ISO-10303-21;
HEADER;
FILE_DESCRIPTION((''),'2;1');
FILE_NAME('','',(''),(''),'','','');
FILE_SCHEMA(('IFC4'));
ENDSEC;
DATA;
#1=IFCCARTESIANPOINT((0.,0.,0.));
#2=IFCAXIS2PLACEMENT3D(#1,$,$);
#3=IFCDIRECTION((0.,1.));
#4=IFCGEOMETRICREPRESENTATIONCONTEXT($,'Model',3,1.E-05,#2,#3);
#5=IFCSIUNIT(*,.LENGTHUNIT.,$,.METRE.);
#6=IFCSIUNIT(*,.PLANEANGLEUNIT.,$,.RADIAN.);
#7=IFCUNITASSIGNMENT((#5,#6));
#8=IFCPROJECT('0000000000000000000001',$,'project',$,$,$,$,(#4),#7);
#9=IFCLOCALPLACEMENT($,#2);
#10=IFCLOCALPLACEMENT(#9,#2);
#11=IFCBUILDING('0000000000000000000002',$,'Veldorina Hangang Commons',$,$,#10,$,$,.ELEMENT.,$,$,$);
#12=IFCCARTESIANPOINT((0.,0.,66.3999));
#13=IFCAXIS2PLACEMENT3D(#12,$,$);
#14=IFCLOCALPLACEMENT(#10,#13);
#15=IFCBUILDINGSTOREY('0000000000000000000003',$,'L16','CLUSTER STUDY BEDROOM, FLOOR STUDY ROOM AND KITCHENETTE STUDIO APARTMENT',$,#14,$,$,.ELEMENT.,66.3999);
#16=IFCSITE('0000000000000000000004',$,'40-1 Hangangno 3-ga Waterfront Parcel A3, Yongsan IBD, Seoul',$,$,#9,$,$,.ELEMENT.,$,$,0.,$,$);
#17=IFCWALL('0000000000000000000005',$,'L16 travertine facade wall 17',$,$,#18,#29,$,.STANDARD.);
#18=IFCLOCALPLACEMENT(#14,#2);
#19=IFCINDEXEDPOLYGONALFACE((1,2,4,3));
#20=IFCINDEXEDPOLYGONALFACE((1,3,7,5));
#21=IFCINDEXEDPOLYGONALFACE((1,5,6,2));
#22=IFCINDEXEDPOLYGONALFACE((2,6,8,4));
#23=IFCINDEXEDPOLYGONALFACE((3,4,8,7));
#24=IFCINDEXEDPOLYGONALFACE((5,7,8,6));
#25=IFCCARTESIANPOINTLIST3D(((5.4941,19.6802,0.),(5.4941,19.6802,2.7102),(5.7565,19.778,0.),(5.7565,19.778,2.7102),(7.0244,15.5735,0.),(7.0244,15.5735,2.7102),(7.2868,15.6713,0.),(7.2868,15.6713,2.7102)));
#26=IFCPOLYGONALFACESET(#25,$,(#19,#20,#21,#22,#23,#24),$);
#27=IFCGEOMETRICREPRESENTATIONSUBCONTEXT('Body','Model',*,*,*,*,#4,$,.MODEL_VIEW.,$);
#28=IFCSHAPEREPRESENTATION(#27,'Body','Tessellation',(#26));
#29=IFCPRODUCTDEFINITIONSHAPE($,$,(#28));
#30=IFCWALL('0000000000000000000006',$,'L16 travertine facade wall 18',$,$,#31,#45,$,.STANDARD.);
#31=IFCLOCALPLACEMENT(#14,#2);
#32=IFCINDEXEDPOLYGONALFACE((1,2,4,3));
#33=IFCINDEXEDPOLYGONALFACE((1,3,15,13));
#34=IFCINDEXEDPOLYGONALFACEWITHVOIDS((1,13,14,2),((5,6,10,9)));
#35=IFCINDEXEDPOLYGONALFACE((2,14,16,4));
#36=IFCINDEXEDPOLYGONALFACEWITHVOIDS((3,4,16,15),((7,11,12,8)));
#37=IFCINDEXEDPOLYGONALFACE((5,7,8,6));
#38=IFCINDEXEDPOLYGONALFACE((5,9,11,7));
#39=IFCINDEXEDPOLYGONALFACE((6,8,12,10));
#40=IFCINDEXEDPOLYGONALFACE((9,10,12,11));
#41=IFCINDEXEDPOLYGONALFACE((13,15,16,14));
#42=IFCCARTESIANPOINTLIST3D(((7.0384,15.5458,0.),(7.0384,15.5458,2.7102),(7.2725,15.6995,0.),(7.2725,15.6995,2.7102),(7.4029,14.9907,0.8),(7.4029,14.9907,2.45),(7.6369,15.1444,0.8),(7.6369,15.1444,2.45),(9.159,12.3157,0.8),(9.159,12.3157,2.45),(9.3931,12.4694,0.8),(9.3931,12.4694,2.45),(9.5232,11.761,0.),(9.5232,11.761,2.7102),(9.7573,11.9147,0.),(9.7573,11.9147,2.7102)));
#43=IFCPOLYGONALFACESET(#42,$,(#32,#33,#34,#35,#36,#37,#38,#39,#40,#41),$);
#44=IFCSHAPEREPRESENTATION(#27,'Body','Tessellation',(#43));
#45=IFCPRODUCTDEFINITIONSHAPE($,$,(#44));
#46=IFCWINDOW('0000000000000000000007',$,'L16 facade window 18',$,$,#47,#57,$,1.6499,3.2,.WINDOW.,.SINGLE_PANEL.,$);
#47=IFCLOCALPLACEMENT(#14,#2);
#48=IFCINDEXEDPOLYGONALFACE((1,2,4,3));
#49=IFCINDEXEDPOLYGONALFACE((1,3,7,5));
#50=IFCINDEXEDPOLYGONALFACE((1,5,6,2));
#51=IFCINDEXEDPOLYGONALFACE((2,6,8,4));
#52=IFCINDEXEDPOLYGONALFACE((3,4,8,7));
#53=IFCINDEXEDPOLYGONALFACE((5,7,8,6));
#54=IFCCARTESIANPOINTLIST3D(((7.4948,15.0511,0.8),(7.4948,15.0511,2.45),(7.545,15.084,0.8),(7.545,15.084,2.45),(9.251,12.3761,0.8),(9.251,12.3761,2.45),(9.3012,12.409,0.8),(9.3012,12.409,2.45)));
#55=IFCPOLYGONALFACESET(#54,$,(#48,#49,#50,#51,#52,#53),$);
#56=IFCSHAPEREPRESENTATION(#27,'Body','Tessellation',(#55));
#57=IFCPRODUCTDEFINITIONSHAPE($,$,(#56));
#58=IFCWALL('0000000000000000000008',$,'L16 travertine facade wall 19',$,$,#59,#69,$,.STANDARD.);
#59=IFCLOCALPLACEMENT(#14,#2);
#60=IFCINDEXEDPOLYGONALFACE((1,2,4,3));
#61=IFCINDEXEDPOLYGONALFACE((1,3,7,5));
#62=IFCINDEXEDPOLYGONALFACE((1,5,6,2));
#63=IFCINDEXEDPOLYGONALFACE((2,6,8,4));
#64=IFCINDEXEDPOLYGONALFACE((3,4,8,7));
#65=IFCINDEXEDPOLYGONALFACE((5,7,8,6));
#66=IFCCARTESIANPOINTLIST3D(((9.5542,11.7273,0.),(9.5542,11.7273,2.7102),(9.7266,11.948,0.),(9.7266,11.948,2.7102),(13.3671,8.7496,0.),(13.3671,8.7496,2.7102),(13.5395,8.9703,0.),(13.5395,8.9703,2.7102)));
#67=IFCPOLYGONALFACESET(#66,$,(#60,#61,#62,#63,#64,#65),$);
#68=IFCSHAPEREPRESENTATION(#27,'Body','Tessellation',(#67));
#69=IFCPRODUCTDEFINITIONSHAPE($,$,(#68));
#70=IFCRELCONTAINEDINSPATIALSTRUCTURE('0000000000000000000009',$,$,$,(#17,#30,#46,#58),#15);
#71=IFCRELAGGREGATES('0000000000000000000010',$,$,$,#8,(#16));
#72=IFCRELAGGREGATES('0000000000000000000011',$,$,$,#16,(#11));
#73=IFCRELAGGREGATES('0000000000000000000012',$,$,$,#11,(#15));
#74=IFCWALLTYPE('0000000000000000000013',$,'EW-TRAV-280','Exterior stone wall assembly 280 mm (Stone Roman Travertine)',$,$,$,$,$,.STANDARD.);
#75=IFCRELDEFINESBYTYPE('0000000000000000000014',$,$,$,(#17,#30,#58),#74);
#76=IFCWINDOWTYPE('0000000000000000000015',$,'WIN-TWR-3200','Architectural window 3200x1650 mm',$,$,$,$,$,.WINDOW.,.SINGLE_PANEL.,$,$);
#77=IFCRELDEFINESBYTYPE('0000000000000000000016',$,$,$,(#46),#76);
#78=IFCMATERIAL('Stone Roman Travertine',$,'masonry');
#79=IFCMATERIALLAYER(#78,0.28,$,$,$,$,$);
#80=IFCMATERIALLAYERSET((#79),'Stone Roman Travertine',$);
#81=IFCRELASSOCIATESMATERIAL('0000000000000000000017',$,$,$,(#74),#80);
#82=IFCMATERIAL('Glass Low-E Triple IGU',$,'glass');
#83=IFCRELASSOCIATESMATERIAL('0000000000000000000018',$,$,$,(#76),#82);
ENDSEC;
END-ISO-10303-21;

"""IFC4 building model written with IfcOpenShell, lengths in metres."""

from ifc_helpers import new_model, si_unit, direction, frame, frame_2d, origin, place, context, subcontext, project, spatial, rectangle, extrude, material, layer, layer_set, type_object, element, fill, save


model = new_model("IFC4")

# Units and contexts
model_context = context("Model", 3, precision=1e-05, world=origin(), true_north=direction((0.0, 1.0)))
body_context = subcontext(model_context, "Body", "Model", "MODEL_VIEW")
ifc_project = project(units=[si_unit("LENGTHUNIT", "METRE"), si_unit("PLANEANGLEUNIT", "RADIAN")], contexts=[model_context])

# Site, building, storey
site_placement = place(None, origin())
site = spatial("IfcSite", under=ifc_project, at=site_placement, Name="40-1 Hangangno 3-ga Waterfront Parcel A3, Yongsan IBD, Seoul", CompositionType="ELEMENT", RefElevation=0.0)
building_placement = place(site_placement, origin())
building = spatial("IfcBuilding", under=site, at=building_placement, Name="Veldorina Hangang Commons", CompositionType="ELEMENT")
storey_placement = place(building_placement, frame((0.0, 0.0, 66.3999)))
storey = spatial("IfcBuildingStorey", under=building, at=storey_placement, Name="L16", Description="CLUSTER STUDY BEDROOM, FLOOR STUDY ROOM AND KITCHENETTE STUDIO APARTMENT", CompositionType="ELEMENT", Elevation=66.3999)

# Wall
ifc_material_1 = material(Name="Stone Roman Travertine", Category="masonry")
ifc_layer_1 = layer(ifc_material_1, 0.28)
ifc_layer_set_1 = layer_set([ifc_layer_1], Name="Stone Roman Travertine")
wall_type = type_object("IfcWallType", Name="EW-TRAV-280", Description="Exterior stone wall assembly 280 mm (Stone Roman Travertine)", PredefinedType="STANDARD", material=ifc_layer_set_1)
wall_1_placement = place(storey_placement, frame((5.6252, 19.7292, 0.0), z_axis=(0.0, 0.0, 1.0), x_axis=(0.349175, -0.937057, 0.0)))
element("IfcWall", 1, at=wall_1_placement, inside=storey, type_object=wall_type, Name="L16 travertine facade wall 17", PredefinedType="STANDARD", context=body_context, shape_type="SweptSolid", body=[
    extrude(rectangle(XDim=4.3826, YDim=0.28, at=frame_2d((2.1914, 0.0))), origin(), (0.0, 0.0, 1.0), 2.7102),
])

# Wall, opening, window
wall_2_placement = place(storey_placement, frame((7.1555, 15.6226, 0.0), z_axis=(0.0, 0.0, 1.0), x_axis=(0.548813, -0.835945, 0.0)))
wall_2 = element("IfcWall", 2, at=wall_2_placement, inside=storey, type_object=wall_type, Name="L16 travertine facade wall 18", PredefinedType="STANDARD", context=body_context, shape_type="SweptSolid", body=[
    extrude(rectangle(XDim=4.5276, YDim=0.28, at=frame_2d((2.2637, 0.0))), origin(), (0.0, 0.0, 1.0), 2.7102),
])
opening_placement = place(wall_2_placement, frame((0.6638, 0.0, 0.8)))
opening = element("IfcOpeningElement", 3, at=opening_placement, cuts=wall_2, PredefinedType="OPENING", context=body_context, shape_type="SweptSolid", body=[
    extrude(rectangle(XDim=3.2, YDim=1.6499, at=frame_2d((1.6001, 0.825))), frame((0.0, 0.1499, 0.0), z_axis=(0.0, -1.0, 0.0), x_axis=(1.0, 0.0, 0.0)), (0.0, 0.0, 1.0), 0.3),
])
ifc_material_2 = material(Name="Glass Low-E Triple IGU", Category="glass")
window_type = type_object("IfcWindowType", Name="WIN-TWR-3200", Description="Architectural window 3200x1650 mm", PartitioningType="SINGLE_PANEL", PredefinedType="WINDOW", material=ifc_material_2)
window_placement = place(opening_placement, origin())
window = element("IfcWindow", 4, at=window_placement, inside=storey, type_object=window_type, Name="L16 facade window 18", OverallHeight=1.6499, OverallWidth=3.2, PartitioningType="SINGLE_PANEL", PredefinedType="WINDOW", context=body_context, shape_type="SweptSolid", body=[
    extrude(rectangle(XDim=3.2, YDim=1.6499, at=frame_2d((1.6001, 0.825))), frame((0.0, 0.03, 0.0), z_axis=(0.0, -1.0, 0.0), x_axis=(1.0, 0.0, 0.0)), (0.0, 0.0, 1.0), 0.0601),
])
fill(opening, window)

# Wall
wall_3_placement = place(storey_placement, frame((9.6404, 11.8376, 0.0), z_axis=(0.0, 0.0, 1.0), x_axis=(0.788136, -0.615501, 0.0)))
element("IfcWall", 5, at=wall_3_placement, inside=storey, type_object=wall_type, Name="L16 travertine facade wall 19", PredefinedType="STANDARD", context=body_context, shape_type="SweptSolid", body=[
    extrude(rectangle(XDim=4.8379, YDim=0.28, at=frame_2d((2.4189, 0.0))), origin(), (0.0, 0.0, 1.0), 2.7102),
])

save(model, "model.ifc")
